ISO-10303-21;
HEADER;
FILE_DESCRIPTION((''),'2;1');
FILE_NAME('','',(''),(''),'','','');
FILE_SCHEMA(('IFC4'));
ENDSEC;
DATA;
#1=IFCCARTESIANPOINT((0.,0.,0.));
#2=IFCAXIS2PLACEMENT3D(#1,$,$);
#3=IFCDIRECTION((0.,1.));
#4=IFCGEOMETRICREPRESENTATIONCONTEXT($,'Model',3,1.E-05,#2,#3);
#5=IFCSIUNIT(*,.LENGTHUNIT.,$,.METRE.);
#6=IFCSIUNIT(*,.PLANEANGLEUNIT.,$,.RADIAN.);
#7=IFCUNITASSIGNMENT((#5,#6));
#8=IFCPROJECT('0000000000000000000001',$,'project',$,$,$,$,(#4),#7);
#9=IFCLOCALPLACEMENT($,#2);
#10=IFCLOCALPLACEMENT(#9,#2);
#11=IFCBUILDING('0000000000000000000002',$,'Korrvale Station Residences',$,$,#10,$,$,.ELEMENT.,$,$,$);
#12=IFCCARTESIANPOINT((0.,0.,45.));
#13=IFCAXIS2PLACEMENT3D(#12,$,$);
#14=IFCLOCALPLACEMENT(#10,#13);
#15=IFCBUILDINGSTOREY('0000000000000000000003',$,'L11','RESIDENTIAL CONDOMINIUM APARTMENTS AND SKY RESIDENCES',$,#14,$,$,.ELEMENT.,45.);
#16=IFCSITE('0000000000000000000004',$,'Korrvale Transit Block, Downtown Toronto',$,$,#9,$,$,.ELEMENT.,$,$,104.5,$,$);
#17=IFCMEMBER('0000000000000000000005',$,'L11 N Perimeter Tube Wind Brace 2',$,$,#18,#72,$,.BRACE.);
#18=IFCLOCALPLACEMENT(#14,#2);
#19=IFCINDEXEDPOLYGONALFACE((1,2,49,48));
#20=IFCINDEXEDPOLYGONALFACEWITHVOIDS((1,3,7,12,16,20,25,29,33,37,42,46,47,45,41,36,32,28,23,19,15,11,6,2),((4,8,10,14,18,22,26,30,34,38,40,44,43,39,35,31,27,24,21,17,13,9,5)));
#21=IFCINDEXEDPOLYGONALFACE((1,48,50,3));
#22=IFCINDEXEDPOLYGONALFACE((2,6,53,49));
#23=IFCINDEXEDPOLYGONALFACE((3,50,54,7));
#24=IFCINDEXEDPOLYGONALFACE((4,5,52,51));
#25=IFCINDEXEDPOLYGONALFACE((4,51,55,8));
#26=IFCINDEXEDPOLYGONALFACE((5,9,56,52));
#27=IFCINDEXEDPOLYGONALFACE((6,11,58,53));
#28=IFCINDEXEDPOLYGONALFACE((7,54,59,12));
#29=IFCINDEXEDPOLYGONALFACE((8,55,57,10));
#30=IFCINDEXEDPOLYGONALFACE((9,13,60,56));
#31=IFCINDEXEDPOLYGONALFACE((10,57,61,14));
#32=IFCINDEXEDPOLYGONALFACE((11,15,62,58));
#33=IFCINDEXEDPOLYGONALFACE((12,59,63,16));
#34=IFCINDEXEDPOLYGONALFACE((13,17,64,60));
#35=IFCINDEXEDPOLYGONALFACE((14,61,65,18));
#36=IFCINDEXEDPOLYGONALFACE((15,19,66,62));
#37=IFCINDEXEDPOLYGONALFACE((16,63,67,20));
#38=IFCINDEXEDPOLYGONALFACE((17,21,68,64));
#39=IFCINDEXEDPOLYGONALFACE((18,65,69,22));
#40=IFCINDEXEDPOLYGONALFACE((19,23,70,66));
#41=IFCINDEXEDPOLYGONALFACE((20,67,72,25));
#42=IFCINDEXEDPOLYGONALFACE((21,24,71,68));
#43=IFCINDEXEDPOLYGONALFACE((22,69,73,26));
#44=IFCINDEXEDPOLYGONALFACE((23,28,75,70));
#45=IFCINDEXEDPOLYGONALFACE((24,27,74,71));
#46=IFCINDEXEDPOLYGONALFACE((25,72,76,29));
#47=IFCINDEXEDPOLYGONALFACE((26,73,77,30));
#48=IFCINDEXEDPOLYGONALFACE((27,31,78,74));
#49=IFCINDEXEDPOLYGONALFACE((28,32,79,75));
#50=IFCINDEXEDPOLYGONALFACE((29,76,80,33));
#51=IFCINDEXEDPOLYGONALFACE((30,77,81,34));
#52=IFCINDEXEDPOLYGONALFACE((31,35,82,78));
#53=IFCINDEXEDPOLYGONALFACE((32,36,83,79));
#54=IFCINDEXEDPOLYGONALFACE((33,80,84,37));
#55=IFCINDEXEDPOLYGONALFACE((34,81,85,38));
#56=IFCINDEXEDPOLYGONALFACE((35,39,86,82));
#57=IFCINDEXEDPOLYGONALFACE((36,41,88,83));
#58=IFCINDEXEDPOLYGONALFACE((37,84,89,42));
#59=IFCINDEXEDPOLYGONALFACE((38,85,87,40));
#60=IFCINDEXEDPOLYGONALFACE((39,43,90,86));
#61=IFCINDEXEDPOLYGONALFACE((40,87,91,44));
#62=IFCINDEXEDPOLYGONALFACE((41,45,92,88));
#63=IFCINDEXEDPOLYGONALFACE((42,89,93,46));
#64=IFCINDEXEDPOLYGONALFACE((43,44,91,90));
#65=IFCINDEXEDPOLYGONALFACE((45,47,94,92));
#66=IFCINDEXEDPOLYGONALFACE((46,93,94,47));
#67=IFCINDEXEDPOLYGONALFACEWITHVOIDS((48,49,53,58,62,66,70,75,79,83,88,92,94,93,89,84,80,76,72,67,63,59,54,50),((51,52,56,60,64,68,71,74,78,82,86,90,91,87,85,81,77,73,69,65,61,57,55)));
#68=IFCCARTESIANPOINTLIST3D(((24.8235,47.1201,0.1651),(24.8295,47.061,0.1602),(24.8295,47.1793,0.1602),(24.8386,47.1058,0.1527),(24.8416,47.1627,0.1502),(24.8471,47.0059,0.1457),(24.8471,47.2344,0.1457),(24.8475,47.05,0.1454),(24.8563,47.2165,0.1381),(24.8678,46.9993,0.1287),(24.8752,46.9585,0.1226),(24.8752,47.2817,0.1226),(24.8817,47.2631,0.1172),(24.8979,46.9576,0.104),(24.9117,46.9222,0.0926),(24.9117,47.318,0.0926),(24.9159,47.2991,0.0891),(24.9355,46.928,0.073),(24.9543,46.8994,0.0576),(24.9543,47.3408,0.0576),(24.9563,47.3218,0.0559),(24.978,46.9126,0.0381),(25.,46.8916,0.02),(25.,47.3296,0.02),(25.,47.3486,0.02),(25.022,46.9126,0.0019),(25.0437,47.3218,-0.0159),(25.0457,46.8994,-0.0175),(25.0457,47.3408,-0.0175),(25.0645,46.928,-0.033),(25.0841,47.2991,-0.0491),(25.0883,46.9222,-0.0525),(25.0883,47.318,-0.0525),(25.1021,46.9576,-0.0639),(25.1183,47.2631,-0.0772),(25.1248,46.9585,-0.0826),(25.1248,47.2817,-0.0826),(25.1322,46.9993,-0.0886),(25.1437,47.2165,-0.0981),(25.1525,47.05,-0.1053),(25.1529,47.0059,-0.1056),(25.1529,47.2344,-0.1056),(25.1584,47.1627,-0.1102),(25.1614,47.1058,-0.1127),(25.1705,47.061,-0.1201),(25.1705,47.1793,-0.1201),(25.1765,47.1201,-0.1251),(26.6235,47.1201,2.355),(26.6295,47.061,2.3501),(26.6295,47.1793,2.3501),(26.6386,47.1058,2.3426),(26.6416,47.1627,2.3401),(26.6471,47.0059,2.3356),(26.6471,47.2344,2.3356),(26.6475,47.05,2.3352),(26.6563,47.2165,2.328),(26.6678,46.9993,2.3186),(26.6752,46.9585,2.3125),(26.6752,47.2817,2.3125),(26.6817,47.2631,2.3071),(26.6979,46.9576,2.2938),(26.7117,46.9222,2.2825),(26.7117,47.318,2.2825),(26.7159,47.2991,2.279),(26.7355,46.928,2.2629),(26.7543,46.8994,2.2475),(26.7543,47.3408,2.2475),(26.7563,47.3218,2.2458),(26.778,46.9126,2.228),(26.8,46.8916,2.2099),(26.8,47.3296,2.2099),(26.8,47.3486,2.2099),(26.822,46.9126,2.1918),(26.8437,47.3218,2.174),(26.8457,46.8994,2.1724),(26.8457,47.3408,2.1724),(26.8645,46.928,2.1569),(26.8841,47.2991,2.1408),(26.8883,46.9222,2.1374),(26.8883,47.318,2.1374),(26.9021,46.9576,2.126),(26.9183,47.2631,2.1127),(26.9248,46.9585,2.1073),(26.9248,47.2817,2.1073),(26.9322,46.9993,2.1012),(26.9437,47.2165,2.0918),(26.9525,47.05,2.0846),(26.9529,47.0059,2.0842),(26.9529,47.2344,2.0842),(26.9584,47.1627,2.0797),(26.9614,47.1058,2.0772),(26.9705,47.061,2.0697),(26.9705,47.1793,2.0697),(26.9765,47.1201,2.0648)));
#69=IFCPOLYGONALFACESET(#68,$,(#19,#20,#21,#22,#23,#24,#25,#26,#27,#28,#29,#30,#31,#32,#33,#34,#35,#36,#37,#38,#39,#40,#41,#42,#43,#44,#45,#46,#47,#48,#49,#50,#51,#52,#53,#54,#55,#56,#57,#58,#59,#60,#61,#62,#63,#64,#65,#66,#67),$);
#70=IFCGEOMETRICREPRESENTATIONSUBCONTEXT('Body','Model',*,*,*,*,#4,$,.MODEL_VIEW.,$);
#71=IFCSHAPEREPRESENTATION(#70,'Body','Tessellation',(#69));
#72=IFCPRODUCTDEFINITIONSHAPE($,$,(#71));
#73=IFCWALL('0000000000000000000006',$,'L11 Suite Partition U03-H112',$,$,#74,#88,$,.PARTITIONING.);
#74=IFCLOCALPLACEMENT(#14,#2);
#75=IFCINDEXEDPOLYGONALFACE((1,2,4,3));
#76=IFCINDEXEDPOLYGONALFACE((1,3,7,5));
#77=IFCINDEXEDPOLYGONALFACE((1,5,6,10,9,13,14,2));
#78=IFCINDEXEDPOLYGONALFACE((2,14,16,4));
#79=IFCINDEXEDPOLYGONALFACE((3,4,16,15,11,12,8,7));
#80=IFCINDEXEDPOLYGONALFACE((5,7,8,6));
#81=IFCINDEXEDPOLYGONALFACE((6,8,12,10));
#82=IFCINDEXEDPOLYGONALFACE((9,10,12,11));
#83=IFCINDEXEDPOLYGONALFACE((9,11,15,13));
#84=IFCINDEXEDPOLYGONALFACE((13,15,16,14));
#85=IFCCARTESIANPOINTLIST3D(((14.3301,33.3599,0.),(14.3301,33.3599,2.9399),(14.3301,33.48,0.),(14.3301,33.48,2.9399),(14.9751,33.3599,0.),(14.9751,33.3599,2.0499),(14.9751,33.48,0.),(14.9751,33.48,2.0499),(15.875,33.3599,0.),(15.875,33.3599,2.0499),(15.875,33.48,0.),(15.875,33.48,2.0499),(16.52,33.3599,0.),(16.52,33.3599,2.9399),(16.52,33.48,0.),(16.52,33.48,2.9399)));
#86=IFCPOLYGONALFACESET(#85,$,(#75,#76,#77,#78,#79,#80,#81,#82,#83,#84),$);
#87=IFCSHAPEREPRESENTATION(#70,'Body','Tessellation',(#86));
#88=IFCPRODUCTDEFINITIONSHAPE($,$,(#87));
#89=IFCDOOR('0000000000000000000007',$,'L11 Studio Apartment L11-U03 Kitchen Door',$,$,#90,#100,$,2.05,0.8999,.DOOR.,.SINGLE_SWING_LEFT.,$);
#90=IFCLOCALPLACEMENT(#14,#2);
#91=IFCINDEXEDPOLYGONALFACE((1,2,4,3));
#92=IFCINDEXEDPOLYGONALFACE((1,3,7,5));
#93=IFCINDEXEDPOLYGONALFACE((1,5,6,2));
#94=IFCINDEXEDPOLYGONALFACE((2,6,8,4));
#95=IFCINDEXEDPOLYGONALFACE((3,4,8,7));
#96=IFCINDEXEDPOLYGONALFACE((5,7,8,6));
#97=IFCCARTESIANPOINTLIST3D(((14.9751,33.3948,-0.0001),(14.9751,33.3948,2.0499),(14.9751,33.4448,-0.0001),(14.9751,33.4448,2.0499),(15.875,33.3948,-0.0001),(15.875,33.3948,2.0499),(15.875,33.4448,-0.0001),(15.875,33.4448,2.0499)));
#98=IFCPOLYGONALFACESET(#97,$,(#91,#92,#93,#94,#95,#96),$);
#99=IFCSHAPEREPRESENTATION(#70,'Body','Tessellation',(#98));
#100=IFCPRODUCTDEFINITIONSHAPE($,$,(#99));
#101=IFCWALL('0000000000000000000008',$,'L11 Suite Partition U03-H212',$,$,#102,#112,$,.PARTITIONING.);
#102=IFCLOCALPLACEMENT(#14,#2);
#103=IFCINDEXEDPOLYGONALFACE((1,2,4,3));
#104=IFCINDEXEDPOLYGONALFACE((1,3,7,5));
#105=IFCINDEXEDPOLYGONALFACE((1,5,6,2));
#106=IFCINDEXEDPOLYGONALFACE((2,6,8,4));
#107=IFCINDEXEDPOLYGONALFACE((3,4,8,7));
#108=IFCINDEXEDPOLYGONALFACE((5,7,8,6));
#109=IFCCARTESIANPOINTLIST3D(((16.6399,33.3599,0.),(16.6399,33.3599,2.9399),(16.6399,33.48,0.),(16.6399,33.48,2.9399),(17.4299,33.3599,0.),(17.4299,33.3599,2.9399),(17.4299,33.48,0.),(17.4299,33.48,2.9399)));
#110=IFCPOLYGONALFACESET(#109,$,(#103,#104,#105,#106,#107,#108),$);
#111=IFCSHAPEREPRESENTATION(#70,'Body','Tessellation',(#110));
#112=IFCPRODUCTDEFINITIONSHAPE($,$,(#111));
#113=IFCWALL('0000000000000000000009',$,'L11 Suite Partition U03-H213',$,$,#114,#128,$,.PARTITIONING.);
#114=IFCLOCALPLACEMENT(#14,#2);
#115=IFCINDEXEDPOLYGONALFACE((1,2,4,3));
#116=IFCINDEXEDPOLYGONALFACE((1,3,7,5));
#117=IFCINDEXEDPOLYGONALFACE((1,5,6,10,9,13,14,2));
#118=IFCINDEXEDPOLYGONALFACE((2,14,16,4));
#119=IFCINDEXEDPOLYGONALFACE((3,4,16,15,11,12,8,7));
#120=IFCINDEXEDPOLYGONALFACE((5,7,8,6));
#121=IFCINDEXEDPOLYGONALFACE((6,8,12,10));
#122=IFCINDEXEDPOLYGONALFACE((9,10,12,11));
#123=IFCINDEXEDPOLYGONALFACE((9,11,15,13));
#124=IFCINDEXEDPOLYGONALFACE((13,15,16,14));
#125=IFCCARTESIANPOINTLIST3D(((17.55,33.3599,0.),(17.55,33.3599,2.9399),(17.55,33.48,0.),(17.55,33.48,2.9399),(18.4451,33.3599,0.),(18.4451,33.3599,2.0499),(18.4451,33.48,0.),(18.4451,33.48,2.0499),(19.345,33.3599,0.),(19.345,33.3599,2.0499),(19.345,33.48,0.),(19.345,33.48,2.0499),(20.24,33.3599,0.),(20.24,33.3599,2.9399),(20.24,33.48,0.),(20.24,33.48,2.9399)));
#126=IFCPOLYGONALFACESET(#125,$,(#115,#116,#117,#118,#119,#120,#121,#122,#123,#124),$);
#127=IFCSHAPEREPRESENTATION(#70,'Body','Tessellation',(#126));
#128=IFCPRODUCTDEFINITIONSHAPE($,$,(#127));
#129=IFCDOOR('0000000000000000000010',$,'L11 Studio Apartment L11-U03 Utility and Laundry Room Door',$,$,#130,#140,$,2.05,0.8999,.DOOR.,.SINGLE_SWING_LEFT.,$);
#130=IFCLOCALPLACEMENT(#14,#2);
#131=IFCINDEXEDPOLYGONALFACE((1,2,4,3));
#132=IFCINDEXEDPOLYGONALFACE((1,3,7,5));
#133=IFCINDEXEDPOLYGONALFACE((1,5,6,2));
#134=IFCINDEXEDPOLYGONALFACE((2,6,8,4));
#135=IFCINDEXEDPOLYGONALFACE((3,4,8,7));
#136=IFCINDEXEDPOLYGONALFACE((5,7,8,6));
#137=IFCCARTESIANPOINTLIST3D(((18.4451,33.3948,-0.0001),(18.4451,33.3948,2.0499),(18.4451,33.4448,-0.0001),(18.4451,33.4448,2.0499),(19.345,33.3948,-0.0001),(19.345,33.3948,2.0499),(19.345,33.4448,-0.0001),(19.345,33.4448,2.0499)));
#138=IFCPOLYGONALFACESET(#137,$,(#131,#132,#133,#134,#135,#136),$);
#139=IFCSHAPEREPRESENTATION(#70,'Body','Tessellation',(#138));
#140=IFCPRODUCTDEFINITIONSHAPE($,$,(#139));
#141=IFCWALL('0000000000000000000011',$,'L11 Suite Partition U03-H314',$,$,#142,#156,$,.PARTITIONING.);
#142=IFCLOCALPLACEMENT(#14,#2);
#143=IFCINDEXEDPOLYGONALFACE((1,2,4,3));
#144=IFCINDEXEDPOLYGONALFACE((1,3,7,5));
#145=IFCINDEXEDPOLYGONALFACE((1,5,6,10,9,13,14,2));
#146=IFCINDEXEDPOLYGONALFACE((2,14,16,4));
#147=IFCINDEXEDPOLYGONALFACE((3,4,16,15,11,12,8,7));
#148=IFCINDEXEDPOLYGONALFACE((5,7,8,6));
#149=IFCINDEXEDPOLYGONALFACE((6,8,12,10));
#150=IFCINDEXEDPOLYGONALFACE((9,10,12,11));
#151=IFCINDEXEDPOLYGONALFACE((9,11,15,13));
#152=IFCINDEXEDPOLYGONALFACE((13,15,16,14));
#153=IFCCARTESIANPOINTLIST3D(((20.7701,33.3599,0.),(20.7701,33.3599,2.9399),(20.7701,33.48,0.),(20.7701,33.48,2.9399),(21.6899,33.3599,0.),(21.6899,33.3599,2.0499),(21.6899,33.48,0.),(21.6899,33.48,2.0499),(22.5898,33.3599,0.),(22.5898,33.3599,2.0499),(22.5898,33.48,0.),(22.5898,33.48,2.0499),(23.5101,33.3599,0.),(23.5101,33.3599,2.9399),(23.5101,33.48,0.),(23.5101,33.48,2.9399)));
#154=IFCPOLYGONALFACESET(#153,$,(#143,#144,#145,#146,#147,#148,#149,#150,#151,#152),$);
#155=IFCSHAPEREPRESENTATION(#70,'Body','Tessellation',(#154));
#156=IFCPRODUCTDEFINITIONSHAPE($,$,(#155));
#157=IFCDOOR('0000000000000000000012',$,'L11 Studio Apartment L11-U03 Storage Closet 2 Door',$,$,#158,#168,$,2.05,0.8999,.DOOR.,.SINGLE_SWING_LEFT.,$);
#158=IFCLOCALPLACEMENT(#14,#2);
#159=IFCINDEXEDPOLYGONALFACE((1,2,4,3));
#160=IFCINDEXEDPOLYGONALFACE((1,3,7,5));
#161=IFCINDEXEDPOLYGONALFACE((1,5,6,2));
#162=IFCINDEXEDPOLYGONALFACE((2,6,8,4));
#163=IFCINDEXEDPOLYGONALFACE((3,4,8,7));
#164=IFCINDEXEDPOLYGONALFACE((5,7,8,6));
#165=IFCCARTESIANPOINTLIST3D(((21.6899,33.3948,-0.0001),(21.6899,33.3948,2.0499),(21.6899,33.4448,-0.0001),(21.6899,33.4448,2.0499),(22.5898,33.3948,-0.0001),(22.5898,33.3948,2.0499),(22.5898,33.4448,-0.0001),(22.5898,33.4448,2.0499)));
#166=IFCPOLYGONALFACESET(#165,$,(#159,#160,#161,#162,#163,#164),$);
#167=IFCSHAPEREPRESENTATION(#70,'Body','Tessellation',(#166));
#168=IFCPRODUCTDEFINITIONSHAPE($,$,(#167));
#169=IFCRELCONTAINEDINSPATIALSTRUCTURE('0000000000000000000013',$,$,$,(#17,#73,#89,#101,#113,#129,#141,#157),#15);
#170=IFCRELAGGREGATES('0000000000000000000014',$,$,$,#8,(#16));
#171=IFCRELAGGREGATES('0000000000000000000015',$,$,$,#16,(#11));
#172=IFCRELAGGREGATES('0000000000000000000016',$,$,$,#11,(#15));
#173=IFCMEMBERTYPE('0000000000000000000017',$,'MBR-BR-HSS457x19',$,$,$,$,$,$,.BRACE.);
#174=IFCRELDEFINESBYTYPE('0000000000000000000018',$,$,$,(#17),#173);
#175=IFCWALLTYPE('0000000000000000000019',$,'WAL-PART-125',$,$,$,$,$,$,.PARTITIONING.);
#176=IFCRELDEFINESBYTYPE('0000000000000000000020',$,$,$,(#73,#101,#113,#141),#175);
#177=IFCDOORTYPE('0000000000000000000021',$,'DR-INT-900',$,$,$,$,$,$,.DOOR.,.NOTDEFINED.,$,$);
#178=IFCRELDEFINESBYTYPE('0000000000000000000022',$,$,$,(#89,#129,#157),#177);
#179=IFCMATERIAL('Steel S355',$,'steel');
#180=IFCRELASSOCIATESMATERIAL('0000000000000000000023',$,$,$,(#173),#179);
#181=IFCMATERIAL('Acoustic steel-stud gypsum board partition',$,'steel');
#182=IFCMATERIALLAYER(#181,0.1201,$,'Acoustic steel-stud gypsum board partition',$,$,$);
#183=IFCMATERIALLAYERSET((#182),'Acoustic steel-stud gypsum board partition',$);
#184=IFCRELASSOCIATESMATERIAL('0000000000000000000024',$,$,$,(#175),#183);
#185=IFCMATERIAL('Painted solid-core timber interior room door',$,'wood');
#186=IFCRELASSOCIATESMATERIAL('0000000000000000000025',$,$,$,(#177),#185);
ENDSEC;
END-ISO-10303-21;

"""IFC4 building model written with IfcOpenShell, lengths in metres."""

from ifc_helpers import new_model, si_unit, direction, frame, frame_2d, origin, origin_2d, place, context, subcontext, project, spatial, rectangle, hollow_circle, extrude, material, layer, layer_set, material_profile, profile_set, type_object, element, fill, save


model = new_model("IFC4")

# Units and contexts
model_context = context("Model", 3, precision=1e-05, world=origin(), true_north=direction((0.0, 1.0)))
body_context = subcontext(model_context, "Body", "Model", "MODEL_VIEW")
ifc_project = project(units=[si_unit("LENGTHUNIT", "METRE"), si_unit("PLANEANGLEUNIT", "RADIAN")], contexts=[model_context])

# Site, building, storey
site_placement = place(None, origin())
site = spatial("IfcSite", under=ifc_project, at=site_placement, Name="Korrvale Transit Block, Downtown Toronto", CompositionType="ELEMENT", RefElevation=104.5)
building_placement = place(site_placement, origin())
building = spatial("IfcBuilding", under=site, at=building_placement, Name="Korrvale Station Residences", CompositionType="ELEMENT")
storey_placement = place(building_placement, frame((0.0, 0.0, 45.0)))
storey = spatial("IfcBuildingStorey", under=building, at=storey_placement, Name="L11", Description="RESIDENTIAL CONDOMINIUM APARTMENTS AND SKY RESIDENCES", CompositionType="ELEMENT", Elevation=45.0)

# Shared definitions
ifc_material_1 = material(Name="Steel S355", Category="steel")

# Member
ifc_material_profile_1 = material_profile(ifc_material_1, hollow_circle(Radius=0.2285, WallThickness=0.019, at=origin_2d()), Name="HSS457x19")
ifc_profile_set_1 = profile_set([ifc_material_profile_1], Name="Steel S355")
member_type = type_object("IfcMemberType", Name="MBR-BR-HSS457x19", PredefinedType="BRACE", material=ifc_profile_set_1)
for number, where, z_axis, x_axis, name in (
    (1, (25.0, 47.1201, 0.02), (0.634985, 0.0, 0.772524), (0.0, 1.0, 0.0), "L11 N Perimeter Tube Wind Brace 2"),
):
    element("IfcMember", number, at=place(storey_placement, frame(where, z_axis=z_axis, x_axis=x_axis)), inside=storey, type_object=member_type, Name=name, PredefinedType="BRACE", context=body_context, shape_type="SweptSolid", body=[
        extrude(hollow_circle(Radius=0.2285, WallThickness=0.019, at=origin_2d()), origin(), (0.0, 0.0, 1.0), 2.8347),
    ])

# Wall, opening, door
ifc_material_2 = material(Name="Acoustic steel-stud gypsum board partition", Category="steel")
ifc_layer_1 = layer(ifc_material_2, 0.1201, Name="Acoustic steel-stud gypsum board partition")
ifc_layer_set_1 = layer_set([ifc_layer_1], Name="Acoustic steel-stud gypsum board partition")
wall_type = type_object("IfcWallType", Name="WAL-PART-125", PredefinedType="PARTITIONING", material=ifc_layer_set_1)
wall_1_placement = place(storey_placement, frame((14.3301, 33.4199, 0.0), z_axis=(0.0, 0.0, 1.0), x_axis=(1.0, 0.0, 0.0)))
wall_1 = element("IfcWall", 2, at=wall_1_placement, inside=storey, type_object=wall_type, Name="L11 Suite Partition U03-H112", PredefinedType="PARTITIONING", context=body_context, shape_type="SweptSolid", body=[
    extrude(rectangle(XDim=2.1899, YDim=0.1201, at=frame_2d((1.095, 0.0))), origin(), (0.0, 0.0, 1.0), 2.9399),
])
opening_1_placement = place(wall_1_placement, frame((0.645, 0.0, 0.0)))
opening_1 = element("IfcOpeningElement", 3, at=opening_1_placement, cuts=wall_1, PredefinedType="OPENING", context=body_context, shape_type="SweptSolid", body=[
    extrude(rectangle(XDim=0.8999, YDim=2.05, at=frame_2d((0.45, 1.0249))), frame((0.0, 0.0701, 0.0), z_axis=(0.0, -1.0, 0.0), x_axis=(1.0, 0.0, 0.0)), (0.0, 0.0, 1.0), 0.1401),
])
ifc_material_3 = material(Name="Painted solid-core timber interior room door", Category="wood")
door_type = type_object("IfcDoorType", Name="DR-INT-900", OperationType="NOTDEFINED", PredefinedType="DOOR", material=ifc_material_3)
door_1_placement = place(opening_1_placement, origin())
door_1 = element("IfcDoor", 4, at=door_1_placement, inside=storey, type_object=door_type, Name="L11 Studio Apartment L11-U03 Kitchen Door", OperationType="SINGLE_SWING_LEFT", OverallHeight=2.05, OverallWidth=0.8999, PredefinedType="DOOR", context=body_context, shape_type="SweptSolid", body=[
    extrude(rectangle(XDim=0.8999, YDim=2.05, at=frame_2d((0.45, 1.0249))), frame((0.0, 0.0249, 0.0), z_axis=(0.0, -1.0, 0.0), x_axis=(1.0, 0.0, 0.0)), (0.0, 0.0, 1.0), 0.05),
])
fill(opening_1, door_1)

# Wall
wall_2_placement = place(storey_placement, frame((16.6399, 33.4199, 0.0), z_axis=(0.0, 0.0, 1.0), x_axis=(1.0, 0.0, 0.0)))
element("IfcWall", 5, at=wall_2_placement, inside=storey, type_object=wall_type, Name="L11 Suite Partition U03-H212", PredefinedType="PARTITIONING", context=body_context, shape_type="SweptSolid", body=[
    extrude(rectangle(XDim=0.79, YDim=0.1201, at=frame_2d((0.395, 0.0))), origin(), (0.0, 0.0, 1.0), 2.9399),
])

# Walls, openings, doors
wall_3_placement = place(storey_placement, frame((17.55, 33.4199, 0.0), z_axis=(0.0, 0.0, 1.0), x_axis=(1.0, 0.0, 0.0)))
wall_3 = element("IfcWall", 6, at=wall_3_placement, inside=storey, type_object=wall_type, Name="L11 Suite Partition U03-H213", PredefinedType="PARTITIONING", context=body_context, shape_type="SweptSolid", body=[
    extrude(rectangle(XDim=2.6899, YDim=0.1201, at=frame_2d((1.345, 0.0))), origin(), (0.0, 0.0, 1.0), 2.9399),
])
opening_2_placement = place(wall_3_placement, frame((0.895, 0.0, 0.0)))
opening_2 = element("IfcOpeningElement", 7, at=opening_2_placement, cuts=wall_3, PredefinedType="OPENING", context=body_context, shape_type="SweptSolid", body=[
    extrude(rectangle(XDim=0.8999, YDim=2.05, at=frame_2d((0.45, 1.0249))), frame((0.0, 0.0701, 0.0), z_axis=(0.0, -1.0, 0.0), x_axis=(1.0, 0.0, 0.0)), (0.0, 0.0, 1.0), 0.1401),
])
door_2_placement = place(opening_2_placement, origin())
door_2 = element("IfcDoor", 8, at=door_2_placement, inside=storey, type_object=door_type, Name="L11 Studio Apartment L11-U03 Utility and Laundry Room Door", OperationType="SINGLE_SWING_LEFT", OverallHeight=2.05, OverallWidth=0.8999, PredefinedType="DOOR", context=body_context, shape_type="SweptSolid", body=[
    extrude(rectangle(XDim=0.8999, YDim=2.05, at=frame_2d((0.45, 1.0249))), frame((0.0, 0.0249, 0.0), z_axis=(0.0, -1.0, 0.0), x_axis=(1.0, 0.0, 0.0)), (0.0, 0.0, 1.0), 0.05),
])
fill(opening_2, door_2)
wall_4_placement = place(storey_placement, frame((20.77, 33.4199, 0.0), z_axis=(0.0, 0.0, 1.0), x_axis=(1.0, 0.0, 0.0)))
wall_4 = element("IfcWall", 9, at=wall_4_placement, inside=storey, type_object=wall_type, Name="L11 Suite Partition U03-H314", PredefinedType="PARTITIONING", context=body_context, shape_type="SweptSolid", body=[
    extrude(rectangle(XDim=2.74, YDim=0.1201, at=frame_2d((1.3701, 0.0))), origin(), (0.0, 0.0, 1.0), 2.9399),
])
opening_3_placement = place(wall_4_placement, frame((0.9199, 0.0, 0.0)))
opening_3 = element("IfcOpeningElement", 10, at=opening_3_placement, cuts=wall_4, PredefinedType="OPENING", context=body_context, shape_type="SweptSolid", body=[
    extrude(rectangle(XDim=0.8999, YDim=2.05, at=frame_2d((0.45, 1.0249))), frame((0.0, 0.0701, 0.0), z_axis=(0.0, -1.0, 0.0), x_axis=(1.0, 0.0, 0.0)), (0.0, 0.0, 1.0), 0.1401),
])
door_3_placement = place(opening_3_placement, origin())
door_3 = element("IfcDoor", 11, at=door_3_placement, inside=storey, type_object=door_type, Name="L11 Studio Apartment L11-U03 Storage Closet 2 Door", OperationType="SINGLE_SWING_LEFT", OverallHeight=2.05, OverallWidth=0.8999, PredefinedType="DOOR", context=body_context, shape_type="SweptSolid", body=[
    extrude(rectangle(XDim=0.8999, YDim=2.05, at=frame_2d((0.45, 1.0249))), frame((0.0, 0.0249, 0.0), z_axis=(0.0, -1.0, 0.0), x_axis=(1.0, 0.0, 0.0)), (0.0, 0.0, 1.0), 0.05),
])
fill(opening_3, door_3)

save(model, "model.ifc")
